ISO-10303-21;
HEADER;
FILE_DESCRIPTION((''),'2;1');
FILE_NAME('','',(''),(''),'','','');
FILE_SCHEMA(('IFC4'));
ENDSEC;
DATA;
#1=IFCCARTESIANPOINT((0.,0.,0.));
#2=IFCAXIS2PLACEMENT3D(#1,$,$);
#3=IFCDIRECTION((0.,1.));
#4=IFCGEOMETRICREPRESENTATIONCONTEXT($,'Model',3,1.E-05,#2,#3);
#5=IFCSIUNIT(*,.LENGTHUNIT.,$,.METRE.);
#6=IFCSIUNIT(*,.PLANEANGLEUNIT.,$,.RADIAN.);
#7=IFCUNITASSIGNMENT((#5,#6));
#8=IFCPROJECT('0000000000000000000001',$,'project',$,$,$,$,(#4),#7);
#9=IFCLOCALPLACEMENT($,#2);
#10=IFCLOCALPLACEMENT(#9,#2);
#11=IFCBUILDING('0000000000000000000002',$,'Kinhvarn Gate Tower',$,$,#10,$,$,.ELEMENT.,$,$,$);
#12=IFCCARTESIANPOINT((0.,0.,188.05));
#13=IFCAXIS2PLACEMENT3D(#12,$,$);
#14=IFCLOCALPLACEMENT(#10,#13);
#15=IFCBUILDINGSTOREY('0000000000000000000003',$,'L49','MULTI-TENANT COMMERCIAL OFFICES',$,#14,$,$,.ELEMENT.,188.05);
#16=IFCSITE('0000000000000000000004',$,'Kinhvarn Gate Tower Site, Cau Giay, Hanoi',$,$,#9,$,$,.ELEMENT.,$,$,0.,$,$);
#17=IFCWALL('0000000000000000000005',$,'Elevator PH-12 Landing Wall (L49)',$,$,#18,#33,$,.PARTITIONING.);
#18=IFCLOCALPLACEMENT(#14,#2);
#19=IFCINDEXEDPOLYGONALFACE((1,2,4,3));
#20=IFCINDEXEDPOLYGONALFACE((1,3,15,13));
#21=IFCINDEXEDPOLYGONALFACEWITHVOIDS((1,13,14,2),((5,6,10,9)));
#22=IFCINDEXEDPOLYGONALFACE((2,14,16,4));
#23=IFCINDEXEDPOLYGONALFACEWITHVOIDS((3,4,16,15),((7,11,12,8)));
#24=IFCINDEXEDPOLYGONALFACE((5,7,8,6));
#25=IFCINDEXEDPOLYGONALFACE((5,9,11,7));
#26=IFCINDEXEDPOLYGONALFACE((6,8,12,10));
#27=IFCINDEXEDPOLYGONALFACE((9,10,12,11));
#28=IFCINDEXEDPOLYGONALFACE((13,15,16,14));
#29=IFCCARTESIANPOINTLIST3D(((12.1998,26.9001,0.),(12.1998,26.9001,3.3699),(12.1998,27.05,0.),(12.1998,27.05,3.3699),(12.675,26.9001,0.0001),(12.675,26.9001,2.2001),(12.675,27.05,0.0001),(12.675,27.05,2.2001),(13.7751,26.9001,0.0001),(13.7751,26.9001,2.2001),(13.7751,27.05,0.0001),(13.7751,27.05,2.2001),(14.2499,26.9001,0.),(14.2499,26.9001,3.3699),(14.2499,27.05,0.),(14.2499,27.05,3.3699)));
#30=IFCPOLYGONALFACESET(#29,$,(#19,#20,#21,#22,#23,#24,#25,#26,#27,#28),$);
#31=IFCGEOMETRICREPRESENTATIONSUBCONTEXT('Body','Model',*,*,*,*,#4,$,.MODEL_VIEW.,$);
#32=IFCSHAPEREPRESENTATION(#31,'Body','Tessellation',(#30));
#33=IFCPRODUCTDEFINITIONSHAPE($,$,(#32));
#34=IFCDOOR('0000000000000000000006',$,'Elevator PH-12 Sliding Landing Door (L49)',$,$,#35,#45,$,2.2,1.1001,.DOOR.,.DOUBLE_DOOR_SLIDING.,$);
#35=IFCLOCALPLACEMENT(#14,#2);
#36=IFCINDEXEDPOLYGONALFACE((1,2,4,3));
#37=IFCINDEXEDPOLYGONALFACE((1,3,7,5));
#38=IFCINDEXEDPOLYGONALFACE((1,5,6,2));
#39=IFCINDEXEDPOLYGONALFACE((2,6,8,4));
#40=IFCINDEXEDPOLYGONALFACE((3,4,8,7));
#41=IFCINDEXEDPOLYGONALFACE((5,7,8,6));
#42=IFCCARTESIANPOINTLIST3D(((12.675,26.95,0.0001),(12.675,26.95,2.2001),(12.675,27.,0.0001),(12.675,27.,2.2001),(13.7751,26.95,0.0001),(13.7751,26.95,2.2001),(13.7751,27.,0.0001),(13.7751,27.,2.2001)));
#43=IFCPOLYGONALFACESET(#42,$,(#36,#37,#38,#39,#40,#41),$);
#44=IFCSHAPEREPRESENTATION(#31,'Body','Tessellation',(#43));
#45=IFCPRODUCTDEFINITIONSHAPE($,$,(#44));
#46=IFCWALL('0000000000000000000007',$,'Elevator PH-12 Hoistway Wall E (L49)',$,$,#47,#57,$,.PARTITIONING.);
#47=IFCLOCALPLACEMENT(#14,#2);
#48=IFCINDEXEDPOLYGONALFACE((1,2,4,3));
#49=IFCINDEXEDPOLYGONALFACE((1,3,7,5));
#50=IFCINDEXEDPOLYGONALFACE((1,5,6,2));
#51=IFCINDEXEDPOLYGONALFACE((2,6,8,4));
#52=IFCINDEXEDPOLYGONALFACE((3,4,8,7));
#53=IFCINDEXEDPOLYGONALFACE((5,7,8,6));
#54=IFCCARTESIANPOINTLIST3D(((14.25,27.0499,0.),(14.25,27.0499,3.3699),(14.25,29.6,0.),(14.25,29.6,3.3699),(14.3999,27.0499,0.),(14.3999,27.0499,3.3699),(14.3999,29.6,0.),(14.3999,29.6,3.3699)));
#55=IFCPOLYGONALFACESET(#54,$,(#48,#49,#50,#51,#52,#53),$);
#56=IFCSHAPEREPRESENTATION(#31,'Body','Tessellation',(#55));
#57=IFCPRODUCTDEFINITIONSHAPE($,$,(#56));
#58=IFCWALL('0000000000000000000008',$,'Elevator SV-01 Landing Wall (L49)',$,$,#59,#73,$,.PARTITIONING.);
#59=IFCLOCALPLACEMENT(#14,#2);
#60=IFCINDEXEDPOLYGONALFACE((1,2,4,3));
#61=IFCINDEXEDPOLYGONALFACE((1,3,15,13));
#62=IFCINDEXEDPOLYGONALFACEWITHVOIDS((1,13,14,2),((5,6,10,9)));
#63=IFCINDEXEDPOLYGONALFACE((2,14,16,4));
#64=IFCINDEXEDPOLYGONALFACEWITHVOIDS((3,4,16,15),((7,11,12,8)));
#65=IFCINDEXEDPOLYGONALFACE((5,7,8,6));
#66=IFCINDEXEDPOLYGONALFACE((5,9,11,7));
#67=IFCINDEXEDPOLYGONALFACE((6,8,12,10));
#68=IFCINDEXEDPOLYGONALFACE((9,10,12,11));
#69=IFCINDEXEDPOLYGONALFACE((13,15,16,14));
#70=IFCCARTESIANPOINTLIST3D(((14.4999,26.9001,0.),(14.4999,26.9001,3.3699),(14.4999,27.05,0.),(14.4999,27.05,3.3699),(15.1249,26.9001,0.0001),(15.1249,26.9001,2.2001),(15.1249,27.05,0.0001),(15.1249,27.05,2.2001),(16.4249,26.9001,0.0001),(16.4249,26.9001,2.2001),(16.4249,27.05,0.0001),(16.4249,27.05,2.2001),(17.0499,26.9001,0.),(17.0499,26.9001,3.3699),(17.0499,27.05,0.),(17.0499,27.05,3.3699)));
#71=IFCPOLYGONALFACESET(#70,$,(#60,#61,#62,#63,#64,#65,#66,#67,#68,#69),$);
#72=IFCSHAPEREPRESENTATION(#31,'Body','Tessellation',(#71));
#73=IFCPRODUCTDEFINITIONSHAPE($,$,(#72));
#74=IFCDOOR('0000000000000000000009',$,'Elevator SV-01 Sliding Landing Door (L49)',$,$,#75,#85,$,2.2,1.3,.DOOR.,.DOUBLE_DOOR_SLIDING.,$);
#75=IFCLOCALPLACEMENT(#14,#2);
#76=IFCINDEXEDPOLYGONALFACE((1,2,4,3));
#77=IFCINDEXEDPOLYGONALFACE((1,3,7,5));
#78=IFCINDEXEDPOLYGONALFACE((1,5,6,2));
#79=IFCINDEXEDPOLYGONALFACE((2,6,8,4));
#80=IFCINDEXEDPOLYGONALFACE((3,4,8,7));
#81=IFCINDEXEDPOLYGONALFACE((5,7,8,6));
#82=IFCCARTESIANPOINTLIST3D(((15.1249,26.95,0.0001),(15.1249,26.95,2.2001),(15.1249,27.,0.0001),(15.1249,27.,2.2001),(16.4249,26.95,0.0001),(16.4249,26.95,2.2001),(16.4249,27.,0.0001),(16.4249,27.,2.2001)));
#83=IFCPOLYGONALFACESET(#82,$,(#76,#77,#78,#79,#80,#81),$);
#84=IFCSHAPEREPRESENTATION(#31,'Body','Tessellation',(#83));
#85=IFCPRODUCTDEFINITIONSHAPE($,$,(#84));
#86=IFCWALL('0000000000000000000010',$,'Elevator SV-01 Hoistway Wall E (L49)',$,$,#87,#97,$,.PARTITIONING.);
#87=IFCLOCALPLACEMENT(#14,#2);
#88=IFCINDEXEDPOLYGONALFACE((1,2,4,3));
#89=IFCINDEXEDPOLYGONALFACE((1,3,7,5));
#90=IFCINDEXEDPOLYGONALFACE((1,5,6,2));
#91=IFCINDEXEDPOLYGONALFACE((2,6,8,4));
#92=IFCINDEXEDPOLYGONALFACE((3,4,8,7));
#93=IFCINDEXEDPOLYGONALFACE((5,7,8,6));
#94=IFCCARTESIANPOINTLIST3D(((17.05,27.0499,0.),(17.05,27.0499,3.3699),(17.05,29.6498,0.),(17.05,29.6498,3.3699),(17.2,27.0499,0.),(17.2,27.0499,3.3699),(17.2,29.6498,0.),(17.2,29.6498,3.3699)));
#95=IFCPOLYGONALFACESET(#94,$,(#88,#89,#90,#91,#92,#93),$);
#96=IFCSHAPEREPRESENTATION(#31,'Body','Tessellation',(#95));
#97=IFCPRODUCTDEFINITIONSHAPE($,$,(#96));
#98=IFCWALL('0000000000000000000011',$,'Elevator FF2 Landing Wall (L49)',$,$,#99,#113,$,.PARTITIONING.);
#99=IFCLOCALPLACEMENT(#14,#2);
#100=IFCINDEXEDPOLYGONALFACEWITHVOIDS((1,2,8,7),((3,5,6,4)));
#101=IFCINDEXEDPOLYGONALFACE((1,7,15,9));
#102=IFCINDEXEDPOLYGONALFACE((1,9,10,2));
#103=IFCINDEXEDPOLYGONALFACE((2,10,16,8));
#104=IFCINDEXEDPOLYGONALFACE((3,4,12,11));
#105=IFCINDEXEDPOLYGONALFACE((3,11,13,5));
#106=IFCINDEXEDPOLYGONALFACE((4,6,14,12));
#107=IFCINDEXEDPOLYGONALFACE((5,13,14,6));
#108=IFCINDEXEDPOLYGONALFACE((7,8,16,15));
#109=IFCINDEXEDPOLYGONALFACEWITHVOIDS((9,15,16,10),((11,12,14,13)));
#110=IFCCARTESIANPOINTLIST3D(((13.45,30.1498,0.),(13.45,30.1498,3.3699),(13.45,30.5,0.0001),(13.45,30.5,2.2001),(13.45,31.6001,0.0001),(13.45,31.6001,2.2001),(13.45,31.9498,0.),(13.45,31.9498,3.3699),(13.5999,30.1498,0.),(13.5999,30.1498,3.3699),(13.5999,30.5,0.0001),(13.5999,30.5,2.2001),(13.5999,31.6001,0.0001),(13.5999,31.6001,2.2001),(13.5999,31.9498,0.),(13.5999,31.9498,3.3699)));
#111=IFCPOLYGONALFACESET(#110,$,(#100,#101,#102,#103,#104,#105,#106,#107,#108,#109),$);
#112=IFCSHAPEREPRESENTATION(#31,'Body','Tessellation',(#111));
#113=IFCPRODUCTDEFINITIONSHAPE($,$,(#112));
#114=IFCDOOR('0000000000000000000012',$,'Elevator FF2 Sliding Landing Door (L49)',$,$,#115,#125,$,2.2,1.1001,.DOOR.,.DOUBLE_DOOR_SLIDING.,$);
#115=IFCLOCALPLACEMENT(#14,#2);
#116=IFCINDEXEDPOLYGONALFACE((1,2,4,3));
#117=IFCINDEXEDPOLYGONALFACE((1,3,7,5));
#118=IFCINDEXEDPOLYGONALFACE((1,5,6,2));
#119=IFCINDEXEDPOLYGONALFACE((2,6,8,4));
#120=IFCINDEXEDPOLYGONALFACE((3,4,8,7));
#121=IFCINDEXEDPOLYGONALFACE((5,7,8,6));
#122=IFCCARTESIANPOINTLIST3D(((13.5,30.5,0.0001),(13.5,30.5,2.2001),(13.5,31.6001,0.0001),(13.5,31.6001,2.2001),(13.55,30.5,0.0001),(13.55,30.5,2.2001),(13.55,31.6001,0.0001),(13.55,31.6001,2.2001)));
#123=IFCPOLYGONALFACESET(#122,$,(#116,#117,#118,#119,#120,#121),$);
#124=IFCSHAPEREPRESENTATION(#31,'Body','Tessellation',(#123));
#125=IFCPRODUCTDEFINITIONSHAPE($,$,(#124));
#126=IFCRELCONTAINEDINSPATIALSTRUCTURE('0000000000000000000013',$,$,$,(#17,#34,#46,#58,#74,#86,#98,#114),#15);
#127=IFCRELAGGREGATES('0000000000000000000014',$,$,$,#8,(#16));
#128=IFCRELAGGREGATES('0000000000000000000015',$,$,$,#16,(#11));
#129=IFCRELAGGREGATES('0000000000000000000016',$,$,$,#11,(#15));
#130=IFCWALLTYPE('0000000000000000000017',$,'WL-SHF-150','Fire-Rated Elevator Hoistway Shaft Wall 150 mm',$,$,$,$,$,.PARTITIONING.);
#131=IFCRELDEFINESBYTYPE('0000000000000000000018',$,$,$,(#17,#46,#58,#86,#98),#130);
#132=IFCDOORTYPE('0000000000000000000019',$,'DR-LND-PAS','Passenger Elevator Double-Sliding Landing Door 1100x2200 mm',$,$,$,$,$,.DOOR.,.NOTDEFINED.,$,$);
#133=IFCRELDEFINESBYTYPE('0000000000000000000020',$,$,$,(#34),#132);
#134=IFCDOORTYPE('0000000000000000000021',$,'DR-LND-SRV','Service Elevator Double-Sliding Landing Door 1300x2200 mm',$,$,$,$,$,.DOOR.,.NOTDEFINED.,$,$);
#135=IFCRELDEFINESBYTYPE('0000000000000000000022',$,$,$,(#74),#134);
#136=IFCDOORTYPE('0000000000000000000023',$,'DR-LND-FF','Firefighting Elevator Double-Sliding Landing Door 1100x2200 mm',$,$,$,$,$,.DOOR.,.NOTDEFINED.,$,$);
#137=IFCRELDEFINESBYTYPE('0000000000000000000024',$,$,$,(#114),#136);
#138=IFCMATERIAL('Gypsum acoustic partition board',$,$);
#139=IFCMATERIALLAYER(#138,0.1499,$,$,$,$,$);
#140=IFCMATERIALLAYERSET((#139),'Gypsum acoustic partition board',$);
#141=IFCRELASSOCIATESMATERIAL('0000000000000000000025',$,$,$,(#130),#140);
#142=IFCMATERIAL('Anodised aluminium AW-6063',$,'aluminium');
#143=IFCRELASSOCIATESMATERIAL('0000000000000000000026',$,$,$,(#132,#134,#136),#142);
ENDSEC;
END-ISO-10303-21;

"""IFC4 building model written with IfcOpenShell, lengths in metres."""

from ifc_helpers import new_model, si_unit, direction, frame, frame_2d, origin, place, context, subcontext, project, spatial, rectangle, extrude, material, layer, layer_set, type_object, element, fill, save


model = new_model("IFC4")

# Units and contexts
model_context = context("Model", 3, precision=1e-05, world=origin(), true_north=direction((0.0, 1.0)))
body_context = subcontext(model_context, "Body", "Model", "MODEL_VIEW")
ifc_project = project(units=[si_unit("LENGTHUNIT", "METRE"), si_unit("PLANEANGLEUNIT", "RADIAN")], contexts=[model_context])

# Site, building, storey
site_placement = place(None, origin())
site = spatial("IfcSite", under=ifc_project, at=site_placement, Name="Kinhvarn Gate Tower Site, Cau Giay, Hanoi", CompositionType="ELEMENT", RefElevation=0.0)
building_placement = place(site_placement, origin())
building = spatial("IfcBuilding", under=site, at=building_placement, Name="Kinhvarn Gate Tower", CompositionType="ELEMENT")
storey_placement = place(building_placement, frame((0.0, 0.0, 188.05)))
storey = spatial("IfcBuildingStorey", under=building, at=storey_placement, Name="L49", Description="MULTI-TENANT COMMERCIAL OFFICES", CompositionType="ELEMENT", Elevation=188.05)

# Shared definitions
ifc_material_1 = material(Name="Anodised aluminium AW-6063", Category="aluminium")

# Shared definitions
ifc_material_2 = material(Name="Gypsum acoustic partition board")

# Wall, opening, door
ifc_layer_1 = layer(ifc_material_2, 0.1499)
ifc_layer_set_1 = layer_set([ifc_layer_1], Name="Gypsum acoustic partition board")
wall_type_1 = type_object("IfcWallType", Name="WL-SHF-150", Description="Fire-Rated Elevator Hoistway Shaft Wall 150 mm", PredefinedType="PARTITIONING", material=ifc_layer_set_1)
wall_1_placement = place(storey_placement, frame((12.2, 26.9751, 0.0), z_axis=(0.0, 0.0, 1.0), x_axis=(1.0, 0.0, 0.0)))
wall_1 = element("IfcWall", 1, at=wall_1_placement, inside=storey, type_object=wall_type_1, Name="Elevator PH-12 Landing Wall (L49)", PredefinedType="PARTITIONING", context=body_context, shape_type="SweptSolid", body=[
    extrude(rectangle(XDim=2.05, YDim=0.1499, at=frame_2d((1.0249, 0.0))), origin(), (0.0, 0.0, 1.0), 3.3699),
])
opening_1_placement = place(wall_1_placement, frame((0.4751, 0.0, 0.0)))
opening_1 = element("IfcOpeningElement", 2, at=opening_1_placement, cuts=wall_1, PredefinedType="OPENING", context=body_context, shape_type="SweptSolid", body=[
    extrude(rectangle(XDim=1.1001, YDim=2.2, at=frame_2d((0.55, 1.1001))), frame((0.0, 0.085, 0.0), z_axis=(0.0, -1.0, 0.0), x_axis=(1.0, 0.0, 0.0)), (0.0, 0.0, 1.0), 0.1699),
])
door_type_1 = type_object("IfcDoorType", Name="DR-LND-PAS", Description="Passenger Elevator Double-Sliding Landing Door 1100x2200 mm", OperationType="NOTDEFINED", PredefinedType="DOOR", material=ifc_material_1)
door_1_placement = place(opening_1_placement, origin())
door_1 = element("IfcDoor", 3, at=door_1_placement, inside=storey, type_object=door_type_1, Name="Elevator PH-12 Sliding Landing Door (L49)", OperationType="DOUBLE_DOOR_SLIDING", OverallHeight=2.2, OverallWidth=1.1001, PredefinedType="DOOR", context=body_context, shape_type="SweptSolid", body=[
    extrude(rectangle(XDim=1.1001, YDim=2.2, at=frame_2d((0.55, 1.1001))), frame((0.0, 0.0249, 0.0), z_axis=(0.0, -1.0, 0.0), x_axis=(1.0, 0.0, 0.0)), (0.0, 0.0, 1.0), 0.05),
])
fill(opening_1, door_1)

# Wall
wall_2_placement = place(storey_placement, frame((14.325, 27.05, 0.0), z_axis=(0.0, 0.0, 1.0), x_axis=(0.0, 1.0, 0.0)))
element("IfcWall", 4, at=wall_2_placement, inside=storey, type_object=wall_type_1, Name="Elevator PH-12 Hoistway Wall E (L49)", PredefinedType="PARTITIONING", context=body_context, shape_type="SweptSolid", body=[
    extrude(rectangle(XDim=2.55, YDim=0.1499, at=frame_2d((1.2749, 0.0))), origin(), (0.0, 0.0, 1.0), 3.3699),
])

# Wall, opening, door
wall_3_placement = place(storey_placement, frame((14.5, 26.9751, 0.0), z_axis=(0.0, 0.0, 1.0), x_axis=(1.0, 0.0, 0.0)))
wall_3 = element("IfcWall", 5, at=wall_3_placement, inside=storey, type_object=wall_type_1, Name="Elevator SV-01 Landing Wall (L49)", PredefinedType="PARTITIONING", context=body_context, shape_type="SweptSolid", body=[
    extrude(rectangle(XDim=2.55, YDim=0.1499, at=frame_2d((1.2749, 0.0))), origin(), (0.0, 0.0, 1.0), 3.3699),
])
opening_2_placement = place(wall_3_placement, frame((0.625, 0.0, 0.0)))
opening_2 = element("IfcOpeningElement", 6, at=opening_2_placement, cuts=wall_3, PredefinedType="OPENING", context=body_context, shape_type="SweptSolid", body=[
    extrude(rectangle(XDim=1.3, YDim=2.2, at=frame_2d((0.6499, 1.1001))), frame((0.0, 0.085, 0.0), z_axis=(0.0, -1.0, 0.0), x_axis=(1.0, 0.0, 0.0)), (0.0, 0.0, 1.0), 0.1699),
])
door_type_2 = type_object("IfcDoorType", Name="DR-LND-SRV", Description="Service Elevator Double-Sliding Landing Door 1300x2200 mm", OperationType="NOTDEFINED", PredefinedType="DOOR", material=ifc_material_1)
door_2_placement = place(opening_2_placement, origin())
door_2 = element("IfcDoor", 7, at=door_2_placement, inside=storey, type_object=door_type_2, Name="Elevator SV-01 Sliding Landing Door (L49)", OperationType="DOUBLE_DOOR_SLIDING", OverallHeight=2.2, OverallWidth=1.3, PredefinedType="DOOR", context=body_context, shape_type="SweptSolid", body=[
    extrude(rectangle(XDim=1.3, YDim=2.2, at=frame_2d((0.6499, 1.1001))), frame((0.0, 0.0249, 0.0), z_axis=(0.0, -1.0, 0.0), x_axis=(1.0, 0.0, 0.0)), (0.0, 0.0, 1.0), 0.05),
])
fill(opening_2, door_2)

# Wall
wall_4_placement = place(storey_placement, frame((17.125, 27.05, 0.0), z_axis=(0.0, 0.0, 1.0), x_axis=(0.0, 1.0, 0.0)))
element("IfcWall", 8, at=wall_4_placement, inside=storey, type_object=wall_type_1, Name="Elevator SV-01 Hoistway Wall E (L49)", PredefinedType="PARTITIONING", context=body_context, shape_type="SweptSolid", body=[
    extrude(rectangle(XDim=2.5999, YDim=0.1499, at=frame_2d((1.2998, 0.0))), origin(), (0.0, 0.0, 1.0), 3.3699),
])

# Wall, opening, door
wall_5_placement = place(storey_placement, frame((13.5249, 30.1499, 0.0), z_axis=(0.0, 0.0, 1.0), x_axis=(0.0, 1.0, 0.0)))
wall_5 = element("IfcWall", 9, at=wall_5_placement, inside=storey, type_object=wall_type_1, Name="Elevator FF2 Landing Wall (L49)", PredefinedType="PARTITIONING", context=body_context, shape_type="SweptSolid", body=[
    extrude(rectangle(XDim=1.8, YDim=0.1499, at=frame_2d((0.8999, 0.0))), origin(), (0.0, 0.0, 1.0), 3.3699),
])
opening_3_placement = place(wall_5_placement, frame((0.3501, 0.0, 0.0)))
opening_3 = element("IfcOpeningElement", 10, at=opening_3_placement, cuts=wall_5, PredefinedType="OPENING", context=body_context, shape_type="SweptSolid", body=[
    extrude(rectangle(XDim=1.1001, YDim=2.2, at=frame_2d((0.55, 1.1001))), frame((0.0, 0.085, 0.0), z_axis=(0.0, -1.0, 0.0), x_axis=(1.0, 0.0, 0.0)), (0.0, 0.0, 1.0), 0.1699),
])
door_type_3 = type_object("IfcDoorType", Name="DR-LND-FF", Description="Firefighting Elevator Double-Sliding Landing Door 1100x2200 mm", OperationType="NOTDEFINED", PredefinedType="DOOR", material=ifc_material_1)
door_3_placement = place(opening_3_placement, origin())
door_3 = element("IfcDoor", 11, at=door_3_placement, inside=storey, type_object=door_type_3, Name="Elevator FF2 Sliding Landing Door (L49)", OperationType="DOUBLE_DOOR_SLIDING", OverallHeight=2.2, OverallWidth=1.1001, PredefinedType="DOOR", context=body_context, shape_type="SweptSolid", body=[
    extrude(rectangle(XDim=1.1001, YDim=2.2, at=frame_2d((0.55, 1.1001))), frame((0.0, 0.0249, 0.0), z_axis=(0.0, -1.0, 0.0), x_axis=(1.0, 0.0, 0.0)), (0.0, 0.0, 1.0), 0.05),
])
fill(opening_3, door_3)

save(model, "model.ifc")
